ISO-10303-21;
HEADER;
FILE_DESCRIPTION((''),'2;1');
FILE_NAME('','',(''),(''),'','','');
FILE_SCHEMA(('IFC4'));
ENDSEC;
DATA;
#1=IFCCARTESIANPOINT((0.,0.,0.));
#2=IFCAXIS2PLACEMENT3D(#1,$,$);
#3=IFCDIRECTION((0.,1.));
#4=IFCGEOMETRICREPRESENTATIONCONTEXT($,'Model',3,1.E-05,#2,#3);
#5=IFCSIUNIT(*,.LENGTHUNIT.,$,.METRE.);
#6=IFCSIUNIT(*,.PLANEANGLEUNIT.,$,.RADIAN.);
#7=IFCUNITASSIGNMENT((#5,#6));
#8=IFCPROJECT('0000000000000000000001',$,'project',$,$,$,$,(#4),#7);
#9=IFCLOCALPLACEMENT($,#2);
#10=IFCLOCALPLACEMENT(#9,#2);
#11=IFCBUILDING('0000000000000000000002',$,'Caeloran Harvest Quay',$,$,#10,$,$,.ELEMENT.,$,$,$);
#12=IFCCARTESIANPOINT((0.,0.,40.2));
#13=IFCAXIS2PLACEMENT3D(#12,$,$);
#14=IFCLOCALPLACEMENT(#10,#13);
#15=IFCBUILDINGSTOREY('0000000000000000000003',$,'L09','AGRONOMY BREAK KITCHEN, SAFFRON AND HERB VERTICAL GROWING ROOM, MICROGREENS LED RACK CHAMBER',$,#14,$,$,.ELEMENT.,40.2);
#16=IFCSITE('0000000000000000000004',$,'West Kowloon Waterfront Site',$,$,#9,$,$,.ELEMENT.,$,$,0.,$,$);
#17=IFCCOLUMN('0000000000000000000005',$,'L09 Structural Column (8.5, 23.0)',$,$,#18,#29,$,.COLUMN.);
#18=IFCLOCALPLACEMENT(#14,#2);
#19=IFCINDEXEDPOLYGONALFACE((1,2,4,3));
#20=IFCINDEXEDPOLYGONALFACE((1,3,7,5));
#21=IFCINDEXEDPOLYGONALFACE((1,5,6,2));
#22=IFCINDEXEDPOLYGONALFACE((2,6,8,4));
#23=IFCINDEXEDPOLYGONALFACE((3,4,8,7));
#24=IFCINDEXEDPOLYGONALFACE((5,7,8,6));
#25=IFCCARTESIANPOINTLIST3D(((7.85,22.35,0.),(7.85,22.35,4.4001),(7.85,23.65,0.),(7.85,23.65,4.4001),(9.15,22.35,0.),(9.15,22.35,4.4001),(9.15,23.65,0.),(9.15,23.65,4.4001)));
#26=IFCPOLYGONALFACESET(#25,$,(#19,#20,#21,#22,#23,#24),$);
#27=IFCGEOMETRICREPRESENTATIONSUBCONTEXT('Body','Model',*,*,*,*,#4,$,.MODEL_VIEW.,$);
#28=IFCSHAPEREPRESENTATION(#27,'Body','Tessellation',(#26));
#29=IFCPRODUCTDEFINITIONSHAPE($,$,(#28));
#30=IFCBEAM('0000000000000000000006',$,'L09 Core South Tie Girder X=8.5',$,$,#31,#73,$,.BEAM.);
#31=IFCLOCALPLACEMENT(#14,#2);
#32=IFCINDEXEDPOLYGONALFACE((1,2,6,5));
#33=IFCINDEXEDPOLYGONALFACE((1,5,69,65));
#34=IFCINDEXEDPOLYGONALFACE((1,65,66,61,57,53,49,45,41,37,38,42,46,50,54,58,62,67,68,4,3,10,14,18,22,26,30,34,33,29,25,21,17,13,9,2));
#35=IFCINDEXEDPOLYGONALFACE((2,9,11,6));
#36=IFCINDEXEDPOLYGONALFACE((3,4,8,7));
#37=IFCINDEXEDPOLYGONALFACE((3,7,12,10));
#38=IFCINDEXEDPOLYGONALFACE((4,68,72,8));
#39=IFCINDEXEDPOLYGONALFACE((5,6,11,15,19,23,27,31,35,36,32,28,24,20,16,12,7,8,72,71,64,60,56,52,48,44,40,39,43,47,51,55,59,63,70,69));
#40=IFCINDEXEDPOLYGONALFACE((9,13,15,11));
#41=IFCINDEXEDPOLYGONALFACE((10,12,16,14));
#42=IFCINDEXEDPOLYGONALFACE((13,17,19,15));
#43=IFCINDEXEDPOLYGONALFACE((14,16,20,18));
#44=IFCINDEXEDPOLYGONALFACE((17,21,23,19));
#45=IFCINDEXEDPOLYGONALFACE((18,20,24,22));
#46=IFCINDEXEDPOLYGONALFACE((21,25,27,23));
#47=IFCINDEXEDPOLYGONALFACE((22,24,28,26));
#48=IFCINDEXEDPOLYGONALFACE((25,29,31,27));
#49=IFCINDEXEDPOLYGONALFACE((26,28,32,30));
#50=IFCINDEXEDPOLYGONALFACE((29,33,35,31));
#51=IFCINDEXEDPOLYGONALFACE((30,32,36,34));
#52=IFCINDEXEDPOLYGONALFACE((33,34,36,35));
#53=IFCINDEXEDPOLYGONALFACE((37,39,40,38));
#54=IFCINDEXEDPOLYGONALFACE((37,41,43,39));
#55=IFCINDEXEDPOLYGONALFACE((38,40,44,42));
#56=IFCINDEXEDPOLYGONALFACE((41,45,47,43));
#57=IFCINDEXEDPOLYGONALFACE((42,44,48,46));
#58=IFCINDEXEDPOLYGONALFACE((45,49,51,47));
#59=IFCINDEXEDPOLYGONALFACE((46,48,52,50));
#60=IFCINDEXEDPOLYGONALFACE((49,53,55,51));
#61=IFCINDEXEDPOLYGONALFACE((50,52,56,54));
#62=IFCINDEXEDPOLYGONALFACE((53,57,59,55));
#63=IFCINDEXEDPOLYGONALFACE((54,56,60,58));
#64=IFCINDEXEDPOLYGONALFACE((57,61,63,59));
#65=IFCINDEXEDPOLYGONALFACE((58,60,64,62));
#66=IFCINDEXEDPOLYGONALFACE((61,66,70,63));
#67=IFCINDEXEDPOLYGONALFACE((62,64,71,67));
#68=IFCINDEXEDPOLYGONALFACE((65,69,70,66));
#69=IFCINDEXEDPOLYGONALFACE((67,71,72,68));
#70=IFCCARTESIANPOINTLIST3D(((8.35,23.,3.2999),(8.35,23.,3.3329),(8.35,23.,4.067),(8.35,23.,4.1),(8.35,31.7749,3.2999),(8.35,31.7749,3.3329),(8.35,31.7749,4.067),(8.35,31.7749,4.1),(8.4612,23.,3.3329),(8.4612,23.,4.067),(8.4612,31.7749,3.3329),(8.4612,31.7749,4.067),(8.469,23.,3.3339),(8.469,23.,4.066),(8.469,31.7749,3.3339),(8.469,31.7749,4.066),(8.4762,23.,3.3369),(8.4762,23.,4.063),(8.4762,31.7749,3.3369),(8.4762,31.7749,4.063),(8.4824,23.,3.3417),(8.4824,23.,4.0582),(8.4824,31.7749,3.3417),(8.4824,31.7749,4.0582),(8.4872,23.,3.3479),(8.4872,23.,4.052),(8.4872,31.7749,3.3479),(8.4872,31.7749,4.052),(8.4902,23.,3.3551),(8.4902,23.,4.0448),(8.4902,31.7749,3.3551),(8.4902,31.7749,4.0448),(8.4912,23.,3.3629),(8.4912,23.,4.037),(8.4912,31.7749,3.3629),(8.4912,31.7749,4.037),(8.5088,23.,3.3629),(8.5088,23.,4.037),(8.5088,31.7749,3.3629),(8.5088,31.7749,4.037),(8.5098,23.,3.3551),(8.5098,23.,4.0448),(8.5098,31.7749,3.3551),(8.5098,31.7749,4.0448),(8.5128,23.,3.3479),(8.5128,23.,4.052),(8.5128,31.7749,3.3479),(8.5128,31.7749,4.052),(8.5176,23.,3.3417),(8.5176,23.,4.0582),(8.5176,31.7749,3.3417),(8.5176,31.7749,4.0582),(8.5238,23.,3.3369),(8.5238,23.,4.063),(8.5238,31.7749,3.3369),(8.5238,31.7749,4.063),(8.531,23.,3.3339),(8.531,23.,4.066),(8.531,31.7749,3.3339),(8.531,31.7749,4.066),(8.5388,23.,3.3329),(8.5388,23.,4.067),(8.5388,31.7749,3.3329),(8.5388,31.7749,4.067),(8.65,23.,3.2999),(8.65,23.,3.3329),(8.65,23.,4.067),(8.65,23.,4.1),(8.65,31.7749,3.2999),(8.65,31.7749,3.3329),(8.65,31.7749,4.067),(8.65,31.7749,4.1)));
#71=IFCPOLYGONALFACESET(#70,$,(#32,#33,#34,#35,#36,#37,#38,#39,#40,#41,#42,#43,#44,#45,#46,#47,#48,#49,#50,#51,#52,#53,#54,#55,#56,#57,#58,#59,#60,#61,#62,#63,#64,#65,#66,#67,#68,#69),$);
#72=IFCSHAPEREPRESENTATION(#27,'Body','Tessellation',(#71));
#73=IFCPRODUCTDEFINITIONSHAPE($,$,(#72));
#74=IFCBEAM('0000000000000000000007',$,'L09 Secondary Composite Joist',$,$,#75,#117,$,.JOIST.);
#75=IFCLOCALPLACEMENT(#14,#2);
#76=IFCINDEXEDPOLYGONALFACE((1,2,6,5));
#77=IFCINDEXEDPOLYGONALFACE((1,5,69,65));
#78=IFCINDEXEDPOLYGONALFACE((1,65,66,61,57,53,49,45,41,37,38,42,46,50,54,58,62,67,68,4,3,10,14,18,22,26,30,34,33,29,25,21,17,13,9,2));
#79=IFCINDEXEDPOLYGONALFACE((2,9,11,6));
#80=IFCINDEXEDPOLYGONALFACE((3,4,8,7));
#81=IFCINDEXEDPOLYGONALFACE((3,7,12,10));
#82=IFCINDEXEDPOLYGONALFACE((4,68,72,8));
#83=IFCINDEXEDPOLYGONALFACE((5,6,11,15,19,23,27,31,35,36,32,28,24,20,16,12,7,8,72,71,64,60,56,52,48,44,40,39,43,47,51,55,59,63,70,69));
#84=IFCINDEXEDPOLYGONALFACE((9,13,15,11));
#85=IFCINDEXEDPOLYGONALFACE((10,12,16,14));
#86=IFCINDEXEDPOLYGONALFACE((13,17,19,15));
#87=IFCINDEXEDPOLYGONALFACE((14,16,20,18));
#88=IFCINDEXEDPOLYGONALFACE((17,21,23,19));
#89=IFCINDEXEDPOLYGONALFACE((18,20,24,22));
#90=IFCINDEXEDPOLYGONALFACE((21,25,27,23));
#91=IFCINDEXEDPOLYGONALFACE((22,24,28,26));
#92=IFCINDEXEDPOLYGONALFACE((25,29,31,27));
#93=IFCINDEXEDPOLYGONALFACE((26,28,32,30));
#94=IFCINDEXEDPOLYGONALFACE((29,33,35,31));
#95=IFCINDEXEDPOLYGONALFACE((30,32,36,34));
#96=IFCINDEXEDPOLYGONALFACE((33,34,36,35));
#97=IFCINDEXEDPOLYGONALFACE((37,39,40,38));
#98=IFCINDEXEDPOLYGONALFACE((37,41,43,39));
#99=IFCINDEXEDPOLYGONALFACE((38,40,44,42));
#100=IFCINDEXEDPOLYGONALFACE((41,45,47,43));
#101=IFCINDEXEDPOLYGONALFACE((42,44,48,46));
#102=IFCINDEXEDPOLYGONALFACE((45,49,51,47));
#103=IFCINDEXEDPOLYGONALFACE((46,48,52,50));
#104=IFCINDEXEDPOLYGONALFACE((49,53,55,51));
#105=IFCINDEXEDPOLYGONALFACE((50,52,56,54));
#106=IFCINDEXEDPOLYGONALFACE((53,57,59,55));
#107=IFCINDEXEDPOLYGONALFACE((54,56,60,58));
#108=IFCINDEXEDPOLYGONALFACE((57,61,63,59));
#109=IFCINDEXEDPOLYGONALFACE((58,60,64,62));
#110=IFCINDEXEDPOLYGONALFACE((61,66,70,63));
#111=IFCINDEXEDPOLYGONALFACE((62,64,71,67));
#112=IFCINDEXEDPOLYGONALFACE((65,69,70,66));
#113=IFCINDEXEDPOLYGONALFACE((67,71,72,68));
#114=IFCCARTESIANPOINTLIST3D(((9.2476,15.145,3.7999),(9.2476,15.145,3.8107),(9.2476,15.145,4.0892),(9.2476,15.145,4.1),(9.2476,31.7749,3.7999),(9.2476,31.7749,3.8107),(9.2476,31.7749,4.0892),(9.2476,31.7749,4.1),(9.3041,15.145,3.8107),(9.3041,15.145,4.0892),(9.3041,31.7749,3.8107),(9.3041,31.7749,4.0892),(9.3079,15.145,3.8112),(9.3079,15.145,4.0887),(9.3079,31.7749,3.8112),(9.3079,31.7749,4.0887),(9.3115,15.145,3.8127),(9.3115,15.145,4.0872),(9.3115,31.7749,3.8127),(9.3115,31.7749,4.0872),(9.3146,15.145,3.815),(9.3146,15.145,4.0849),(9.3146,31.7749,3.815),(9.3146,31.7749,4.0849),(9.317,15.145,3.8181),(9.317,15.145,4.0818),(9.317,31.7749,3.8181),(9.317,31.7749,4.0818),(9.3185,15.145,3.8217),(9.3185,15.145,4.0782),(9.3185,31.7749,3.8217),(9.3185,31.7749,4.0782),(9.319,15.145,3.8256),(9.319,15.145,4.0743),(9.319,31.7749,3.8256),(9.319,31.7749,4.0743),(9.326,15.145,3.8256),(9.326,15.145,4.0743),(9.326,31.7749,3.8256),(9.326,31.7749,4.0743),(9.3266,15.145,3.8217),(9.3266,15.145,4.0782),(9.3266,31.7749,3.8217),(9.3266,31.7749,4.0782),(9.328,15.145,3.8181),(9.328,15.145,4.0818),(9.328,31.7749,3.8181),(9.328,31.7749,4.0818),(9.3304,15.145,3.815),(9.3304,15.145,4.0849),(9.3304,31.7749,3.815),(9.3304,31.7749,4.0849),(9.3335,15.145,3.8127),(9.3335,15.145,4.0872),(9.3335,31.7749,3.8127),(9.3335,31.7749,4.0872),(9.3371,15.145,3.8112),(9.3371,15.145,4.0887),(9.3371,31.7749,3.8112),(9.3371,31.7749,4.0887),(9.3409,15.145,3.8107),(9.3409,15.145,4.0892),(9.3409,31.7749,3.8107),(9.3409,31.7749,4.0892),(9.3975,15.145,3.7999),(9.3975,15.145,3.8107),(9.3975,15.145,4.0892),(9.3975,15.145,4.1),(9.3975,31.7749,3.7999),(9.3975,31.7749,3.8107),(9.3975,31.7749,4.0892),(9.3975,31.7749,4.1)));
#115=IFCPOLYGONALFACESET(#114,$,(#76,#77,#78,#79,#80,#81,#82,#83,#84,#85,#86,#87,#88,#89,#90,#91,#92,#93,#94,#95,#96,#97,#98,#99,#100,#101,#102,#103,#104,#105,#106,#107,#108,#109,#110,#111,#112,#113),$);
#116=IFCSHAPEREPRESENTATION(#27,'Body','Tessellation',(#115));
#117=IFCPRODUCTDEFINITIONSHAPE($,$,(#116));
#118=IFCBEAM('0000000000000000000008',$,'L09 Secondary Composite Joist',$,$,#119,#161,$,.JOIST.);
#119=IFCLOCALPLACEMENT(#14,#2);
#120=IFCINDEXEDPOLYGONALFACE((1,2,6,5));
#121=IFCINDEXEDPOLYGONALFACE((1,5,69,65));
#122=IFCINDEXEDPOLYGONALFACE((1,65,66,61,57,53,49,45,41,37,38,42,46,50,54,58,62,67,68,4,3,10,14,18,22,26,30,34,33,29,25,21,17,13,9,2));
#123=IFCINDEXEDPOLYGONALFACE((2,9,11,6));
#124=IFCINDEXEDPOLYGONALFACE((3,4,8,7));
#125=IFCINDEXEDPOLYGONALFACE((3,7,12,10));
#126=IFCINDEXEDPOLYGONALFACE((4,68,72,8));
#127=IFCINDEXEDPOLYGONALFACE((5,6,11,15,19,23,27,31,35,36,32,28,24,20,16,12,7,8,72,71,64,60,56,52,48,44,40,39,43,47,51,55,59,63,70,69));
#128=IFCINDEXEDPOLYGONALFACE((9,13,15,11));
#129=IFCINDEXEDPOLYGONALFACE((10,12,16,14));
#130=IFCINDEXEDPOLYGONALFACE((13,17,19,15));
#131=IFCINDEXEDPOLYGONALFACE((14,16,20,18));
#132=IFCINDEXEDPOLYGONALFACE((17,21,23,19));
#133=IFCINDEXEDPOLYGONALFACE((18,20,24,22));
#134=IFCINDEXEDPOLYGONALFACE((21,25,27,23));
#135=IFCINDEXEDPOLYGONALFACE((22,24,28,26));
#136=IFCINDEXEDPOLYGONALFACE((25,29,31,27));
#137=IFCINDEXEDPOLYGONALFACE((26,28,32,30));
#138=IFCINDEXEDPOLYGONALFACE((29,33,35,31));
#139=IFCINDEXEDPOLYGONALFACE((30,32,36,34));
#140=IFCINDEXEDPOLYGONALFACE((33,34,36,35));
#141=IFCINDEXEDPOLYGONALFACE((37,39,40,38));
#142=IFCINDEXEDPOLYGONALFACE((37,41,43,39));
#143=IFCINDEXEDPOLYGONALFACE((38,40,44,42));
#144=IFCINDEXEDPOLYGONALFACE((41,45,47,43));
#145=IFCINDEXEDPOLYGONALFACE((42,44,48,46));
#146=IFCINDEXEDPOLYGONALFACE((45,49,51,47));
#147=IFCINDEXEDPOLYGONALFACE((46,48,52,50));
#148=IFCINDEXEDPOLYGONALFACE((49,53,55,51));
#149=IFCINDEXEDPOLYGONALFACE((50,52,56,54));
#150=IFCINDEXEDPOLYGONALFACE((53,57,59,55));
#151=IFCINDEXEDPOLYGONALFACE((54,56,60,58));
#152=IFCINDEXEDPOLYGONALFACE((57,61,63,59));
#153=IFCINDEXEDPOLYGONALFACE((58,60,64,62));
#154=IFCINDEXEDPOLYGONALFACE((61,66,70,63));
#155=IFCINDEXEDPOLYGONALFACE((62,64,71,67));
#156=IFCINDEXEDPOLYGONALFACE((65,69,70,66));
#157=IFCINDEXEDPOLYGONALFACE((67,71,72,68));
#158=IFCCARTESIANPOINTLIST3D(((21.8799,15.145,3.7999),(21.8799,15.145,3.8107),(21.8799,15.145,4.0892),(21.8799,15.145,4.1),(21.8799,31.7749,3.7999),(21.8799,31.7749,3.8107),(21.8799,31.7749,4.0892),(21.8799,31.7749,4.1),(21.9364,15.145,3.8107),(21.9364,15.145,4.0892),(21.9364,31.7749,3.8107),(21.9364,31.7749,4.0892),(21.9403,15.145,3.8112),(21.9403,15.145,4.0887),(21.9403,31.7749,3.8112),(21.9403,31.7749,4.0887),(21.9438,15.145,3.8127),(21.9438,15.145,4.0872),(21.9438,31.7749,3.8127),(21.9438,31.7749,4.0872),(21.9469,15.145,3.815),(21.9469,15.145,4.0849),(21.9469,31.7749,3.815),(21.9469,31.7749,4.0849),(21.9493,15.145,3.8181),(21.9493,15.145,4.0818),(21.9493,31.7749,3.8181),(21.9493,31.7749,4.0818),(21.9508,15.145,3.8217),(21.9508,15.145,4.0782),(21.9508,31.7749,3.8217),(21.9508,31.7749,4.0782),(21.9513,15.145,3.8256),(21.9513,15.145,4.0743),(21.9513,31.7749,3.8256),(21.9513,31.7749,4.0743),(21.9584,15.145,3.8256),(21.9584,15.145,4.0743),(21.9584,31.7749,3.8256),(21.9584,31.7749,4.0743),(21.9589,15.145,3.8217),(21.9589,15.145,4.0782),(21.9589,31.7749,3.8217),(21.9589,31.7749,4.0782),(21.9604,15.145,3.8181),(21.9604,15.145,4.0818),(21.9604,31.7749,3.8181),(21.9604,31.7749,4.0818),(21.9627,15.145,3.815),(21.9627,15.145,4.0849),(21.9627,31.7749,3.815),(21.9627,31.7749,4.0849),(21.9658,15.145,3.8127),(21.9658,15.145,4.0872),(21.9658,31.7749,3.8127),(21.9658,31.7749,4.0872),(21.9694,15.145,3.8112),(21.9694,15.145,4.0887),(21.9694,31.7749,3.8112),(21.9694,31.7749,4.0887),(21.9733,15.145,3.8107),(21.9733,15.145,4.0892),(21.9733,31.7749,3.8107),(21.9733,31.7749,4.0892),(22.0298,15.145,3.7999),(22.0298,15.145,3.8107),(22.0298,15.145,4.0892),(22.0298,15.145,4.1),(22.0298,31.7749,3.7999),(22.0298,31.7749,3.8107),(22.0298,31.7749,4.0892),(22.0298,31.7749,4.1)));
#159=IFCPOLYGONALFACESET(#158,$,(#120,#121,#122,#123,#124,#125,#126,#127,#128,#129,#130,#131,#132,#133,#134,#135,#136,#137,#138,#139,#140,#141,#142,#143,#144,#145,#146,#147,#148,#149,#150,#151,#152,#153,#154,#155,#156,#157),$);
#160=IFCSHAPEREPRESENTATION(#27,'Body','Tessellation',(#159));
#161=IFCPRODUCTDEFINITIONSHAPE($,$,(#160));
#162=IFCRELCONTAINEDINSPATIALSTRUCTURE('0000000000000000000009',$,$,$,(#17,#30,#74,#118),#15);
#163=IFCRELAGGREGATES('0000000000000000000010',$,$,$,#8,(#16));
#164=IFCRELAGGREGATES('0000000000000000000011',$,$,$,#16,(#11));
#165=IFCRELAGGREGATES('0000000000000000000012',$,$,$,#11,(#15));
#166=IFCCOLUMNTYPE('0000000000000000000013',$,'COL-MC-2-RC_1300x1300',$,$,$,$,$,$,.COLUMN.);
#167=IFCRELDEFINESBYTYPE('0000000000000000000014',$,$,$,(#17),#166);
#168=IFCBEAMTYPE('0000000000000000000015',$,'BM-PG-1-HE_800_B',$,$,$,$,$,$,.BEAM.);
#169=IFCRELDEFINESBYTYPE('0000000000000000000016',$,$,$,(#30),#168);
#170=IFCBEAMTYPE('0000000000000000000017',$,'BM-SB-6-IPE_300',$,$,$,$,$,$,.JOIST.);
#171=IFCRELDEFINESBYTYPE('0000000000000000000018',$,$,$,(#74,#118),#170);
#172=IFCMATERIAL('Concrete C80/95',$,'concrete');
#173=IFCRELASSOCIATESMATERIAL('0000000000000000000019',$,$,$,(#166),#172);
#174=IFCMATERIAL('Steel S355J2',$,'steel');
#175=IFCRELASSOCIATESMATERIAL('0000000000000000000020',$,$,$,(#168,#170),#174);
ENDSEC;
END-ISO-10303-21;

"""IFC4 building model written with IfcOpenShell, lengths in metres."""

from ifc_helpers import new_model, si_unit, direction, frame, origin, origin_2d, place, context, subcontext, project, spatial, rectangle, i_section, extrude, material, material_profile, profile_set, type_object, element, save


model = new_model("IFC4")

# Units and contexts
model_context = context("Model", 3, precision=1e-05, world=origin(), true_north=direction((0.0, 1.0)))
body_context = subcontext(model_context, "Body", "Model", "MODEL_VIEW")
ifc_project = project(units=[si_unit("LENGTHUNIT", "METRE"), si_unit("PLANEANGLEUNIT", "RADIAN")], contexts=[model_context])

# Site, building, storey
site_placement = place(None, origin())
site = spatial("IfcSite", under=ifc_project, at=site_placement, Name="West Kowloon Waterfront Site", CompositionType="ELEMENT", RefElevation=0.0)
building_placement = place(site_placement, origin())
building = spatial("IfcBuilding", under=site, at=building_placement, Name="Caeloran Harvest Quay", CompositionType="ELEMENT")
storey_placement = place(building_placement, frame((0.0, 0.0, 40.2)))
storey = spatial("IfcBuildingStorey", under=building, at=storey_placement, Name="L09", Description="AGRONOMY BREAK KITCHEN, SAFFRON AND HERB VERTICAL GROWING ROOM, MICROGREENS LED RACK CHAMBER", CompositionType="ELEMENT", Elevation=40.2)

# Column
ifc_material_1 = material(Name="Concrete C80/95", Category="concrete")
ifc_material_profile_1 = material_profile(ifc_material_1, rectangle(XDim=1.3, YDim=1.3, at=origin_2d()), Name="RC 1300x1300")
ifc_profile_set_1 = profile_set([ifc_material_profile_1], Name="Concrete C80/95")
column_type = type_object("IfcColumnType", Name="COL-MC-2-RC_1300x1300", PredefinedType="COLUMN", material=ifc_profile_set_1)
column_placement = place(storey_placement, frame((8.5, 23.0, 0.0), z_axis=(0.0, 0.0, 1.0), x_axis=(1.0, 0.0, 0.0)))
element("IfcColumn", 1, at=column_placement, inside=storey, type_object=column_type, Name="L09 Structural Column (8.5, 23.0)", PredefinedType="COLUMN", context=body_context, shape_type="SweptSolid", body=[
    extrude(rectangle(XDim=1.3, YDim=1.3, at=origin_2d()), origin(), (0.0, 0.0, 1.0), 4.4001),
])

# Beams
ifc_material_2 = material(Name="Steel S355J2", Category="steel")
ifc_material_profile_2 = material_profile(ifc_material_2, i_section(OverallWidth=0.3, OverallDepth=0.8, WebThickness=0.0176, FlangeThickness=0.033, FilletRadius=0.03, at=origin_2d()), Name="HE 800 B")
ifc_profile_set_2 = profile_set([ifc_material_profile_2], Name="Steel S355J2")
beam_type_1 = type_object("IfcBeamType", Name="BM-PG-1-HE_800_B", PredefinedType="BEAM", material=ifc_profile_set_2)
beam_placement = place(storey_placement, frame((8.5, 23.0, 3.7), z_axis=(0.0, 1.0, 0.0), x_axis=(-1.0, 0.0, 0.0)))
element("IfcBeam", 2, at=beam_placement, inside=storey, type_object=beam_type_1, Name="L09 Core South Tie Girder X=8.5", PredefinedType="BEAM", context=body_context, shape_type="SweptSolid", body=[
    extrude(i_section(OverallWidth=0.3, OverallDepth=0.8, WebThickness=0.0176, FlangeThickness=0.033, FilletRadius=0.03, at=origin_2d()), origin(), (0.0, 0.0, 1.0), 8.7749),
])
ifc_material_profile_3 = material_profile(ifc_material_2, i_section(OverallWidth=0.1499, OverallDepth=0.3, WebThickness=0.0071, FlangeThickness=0.0107, FilletRadius=0.0149, at=origin_2d()), Name="IPE 300")
ifc_profile_set_3 = profile_set([ifc_material_profile_3], Name="Steel S355J2")
beam_type_2 = type_object("IfcBeamType", Name="BM-SB-6-IPE_300", PredefinedType="JOIST", material=ifc_profile_set_3)
for number, where, z_axis, x_axis, name in (
    (3, (9.3225, 15.145, 3.95), (0.0, 1.0, 0.0), (-1.0, 0.0, 0.0), "L09 Secondary Composite Joist"),
    (4, (21.9548, 15.145, 3.95), (0.0, 1.0, 0.0), (-1.0, 0.0, 0.0), "L09 Secondary Composite Joist"),
):
    element("IfcBeam", number, at=place(storey_placement, frame(where, z_axis=z_axis, x_axis=x_axis)), inside=storey, type_object=beam_type_2, Name=name, PredefinedType="JOIST", context=body_context, shape_type="SweptSolid", body=[
        extrude(i_section(OverallWidth=0.1499, OverallDepth=0.3, WebThickness=0.0071, FlangeThickness=0.0107, FilletRadius=0.0149, at=origin_2d()), origin(), (0.0, 0.0, 1.0), 16.6299),
    ])

save(model, "model.ifc")
